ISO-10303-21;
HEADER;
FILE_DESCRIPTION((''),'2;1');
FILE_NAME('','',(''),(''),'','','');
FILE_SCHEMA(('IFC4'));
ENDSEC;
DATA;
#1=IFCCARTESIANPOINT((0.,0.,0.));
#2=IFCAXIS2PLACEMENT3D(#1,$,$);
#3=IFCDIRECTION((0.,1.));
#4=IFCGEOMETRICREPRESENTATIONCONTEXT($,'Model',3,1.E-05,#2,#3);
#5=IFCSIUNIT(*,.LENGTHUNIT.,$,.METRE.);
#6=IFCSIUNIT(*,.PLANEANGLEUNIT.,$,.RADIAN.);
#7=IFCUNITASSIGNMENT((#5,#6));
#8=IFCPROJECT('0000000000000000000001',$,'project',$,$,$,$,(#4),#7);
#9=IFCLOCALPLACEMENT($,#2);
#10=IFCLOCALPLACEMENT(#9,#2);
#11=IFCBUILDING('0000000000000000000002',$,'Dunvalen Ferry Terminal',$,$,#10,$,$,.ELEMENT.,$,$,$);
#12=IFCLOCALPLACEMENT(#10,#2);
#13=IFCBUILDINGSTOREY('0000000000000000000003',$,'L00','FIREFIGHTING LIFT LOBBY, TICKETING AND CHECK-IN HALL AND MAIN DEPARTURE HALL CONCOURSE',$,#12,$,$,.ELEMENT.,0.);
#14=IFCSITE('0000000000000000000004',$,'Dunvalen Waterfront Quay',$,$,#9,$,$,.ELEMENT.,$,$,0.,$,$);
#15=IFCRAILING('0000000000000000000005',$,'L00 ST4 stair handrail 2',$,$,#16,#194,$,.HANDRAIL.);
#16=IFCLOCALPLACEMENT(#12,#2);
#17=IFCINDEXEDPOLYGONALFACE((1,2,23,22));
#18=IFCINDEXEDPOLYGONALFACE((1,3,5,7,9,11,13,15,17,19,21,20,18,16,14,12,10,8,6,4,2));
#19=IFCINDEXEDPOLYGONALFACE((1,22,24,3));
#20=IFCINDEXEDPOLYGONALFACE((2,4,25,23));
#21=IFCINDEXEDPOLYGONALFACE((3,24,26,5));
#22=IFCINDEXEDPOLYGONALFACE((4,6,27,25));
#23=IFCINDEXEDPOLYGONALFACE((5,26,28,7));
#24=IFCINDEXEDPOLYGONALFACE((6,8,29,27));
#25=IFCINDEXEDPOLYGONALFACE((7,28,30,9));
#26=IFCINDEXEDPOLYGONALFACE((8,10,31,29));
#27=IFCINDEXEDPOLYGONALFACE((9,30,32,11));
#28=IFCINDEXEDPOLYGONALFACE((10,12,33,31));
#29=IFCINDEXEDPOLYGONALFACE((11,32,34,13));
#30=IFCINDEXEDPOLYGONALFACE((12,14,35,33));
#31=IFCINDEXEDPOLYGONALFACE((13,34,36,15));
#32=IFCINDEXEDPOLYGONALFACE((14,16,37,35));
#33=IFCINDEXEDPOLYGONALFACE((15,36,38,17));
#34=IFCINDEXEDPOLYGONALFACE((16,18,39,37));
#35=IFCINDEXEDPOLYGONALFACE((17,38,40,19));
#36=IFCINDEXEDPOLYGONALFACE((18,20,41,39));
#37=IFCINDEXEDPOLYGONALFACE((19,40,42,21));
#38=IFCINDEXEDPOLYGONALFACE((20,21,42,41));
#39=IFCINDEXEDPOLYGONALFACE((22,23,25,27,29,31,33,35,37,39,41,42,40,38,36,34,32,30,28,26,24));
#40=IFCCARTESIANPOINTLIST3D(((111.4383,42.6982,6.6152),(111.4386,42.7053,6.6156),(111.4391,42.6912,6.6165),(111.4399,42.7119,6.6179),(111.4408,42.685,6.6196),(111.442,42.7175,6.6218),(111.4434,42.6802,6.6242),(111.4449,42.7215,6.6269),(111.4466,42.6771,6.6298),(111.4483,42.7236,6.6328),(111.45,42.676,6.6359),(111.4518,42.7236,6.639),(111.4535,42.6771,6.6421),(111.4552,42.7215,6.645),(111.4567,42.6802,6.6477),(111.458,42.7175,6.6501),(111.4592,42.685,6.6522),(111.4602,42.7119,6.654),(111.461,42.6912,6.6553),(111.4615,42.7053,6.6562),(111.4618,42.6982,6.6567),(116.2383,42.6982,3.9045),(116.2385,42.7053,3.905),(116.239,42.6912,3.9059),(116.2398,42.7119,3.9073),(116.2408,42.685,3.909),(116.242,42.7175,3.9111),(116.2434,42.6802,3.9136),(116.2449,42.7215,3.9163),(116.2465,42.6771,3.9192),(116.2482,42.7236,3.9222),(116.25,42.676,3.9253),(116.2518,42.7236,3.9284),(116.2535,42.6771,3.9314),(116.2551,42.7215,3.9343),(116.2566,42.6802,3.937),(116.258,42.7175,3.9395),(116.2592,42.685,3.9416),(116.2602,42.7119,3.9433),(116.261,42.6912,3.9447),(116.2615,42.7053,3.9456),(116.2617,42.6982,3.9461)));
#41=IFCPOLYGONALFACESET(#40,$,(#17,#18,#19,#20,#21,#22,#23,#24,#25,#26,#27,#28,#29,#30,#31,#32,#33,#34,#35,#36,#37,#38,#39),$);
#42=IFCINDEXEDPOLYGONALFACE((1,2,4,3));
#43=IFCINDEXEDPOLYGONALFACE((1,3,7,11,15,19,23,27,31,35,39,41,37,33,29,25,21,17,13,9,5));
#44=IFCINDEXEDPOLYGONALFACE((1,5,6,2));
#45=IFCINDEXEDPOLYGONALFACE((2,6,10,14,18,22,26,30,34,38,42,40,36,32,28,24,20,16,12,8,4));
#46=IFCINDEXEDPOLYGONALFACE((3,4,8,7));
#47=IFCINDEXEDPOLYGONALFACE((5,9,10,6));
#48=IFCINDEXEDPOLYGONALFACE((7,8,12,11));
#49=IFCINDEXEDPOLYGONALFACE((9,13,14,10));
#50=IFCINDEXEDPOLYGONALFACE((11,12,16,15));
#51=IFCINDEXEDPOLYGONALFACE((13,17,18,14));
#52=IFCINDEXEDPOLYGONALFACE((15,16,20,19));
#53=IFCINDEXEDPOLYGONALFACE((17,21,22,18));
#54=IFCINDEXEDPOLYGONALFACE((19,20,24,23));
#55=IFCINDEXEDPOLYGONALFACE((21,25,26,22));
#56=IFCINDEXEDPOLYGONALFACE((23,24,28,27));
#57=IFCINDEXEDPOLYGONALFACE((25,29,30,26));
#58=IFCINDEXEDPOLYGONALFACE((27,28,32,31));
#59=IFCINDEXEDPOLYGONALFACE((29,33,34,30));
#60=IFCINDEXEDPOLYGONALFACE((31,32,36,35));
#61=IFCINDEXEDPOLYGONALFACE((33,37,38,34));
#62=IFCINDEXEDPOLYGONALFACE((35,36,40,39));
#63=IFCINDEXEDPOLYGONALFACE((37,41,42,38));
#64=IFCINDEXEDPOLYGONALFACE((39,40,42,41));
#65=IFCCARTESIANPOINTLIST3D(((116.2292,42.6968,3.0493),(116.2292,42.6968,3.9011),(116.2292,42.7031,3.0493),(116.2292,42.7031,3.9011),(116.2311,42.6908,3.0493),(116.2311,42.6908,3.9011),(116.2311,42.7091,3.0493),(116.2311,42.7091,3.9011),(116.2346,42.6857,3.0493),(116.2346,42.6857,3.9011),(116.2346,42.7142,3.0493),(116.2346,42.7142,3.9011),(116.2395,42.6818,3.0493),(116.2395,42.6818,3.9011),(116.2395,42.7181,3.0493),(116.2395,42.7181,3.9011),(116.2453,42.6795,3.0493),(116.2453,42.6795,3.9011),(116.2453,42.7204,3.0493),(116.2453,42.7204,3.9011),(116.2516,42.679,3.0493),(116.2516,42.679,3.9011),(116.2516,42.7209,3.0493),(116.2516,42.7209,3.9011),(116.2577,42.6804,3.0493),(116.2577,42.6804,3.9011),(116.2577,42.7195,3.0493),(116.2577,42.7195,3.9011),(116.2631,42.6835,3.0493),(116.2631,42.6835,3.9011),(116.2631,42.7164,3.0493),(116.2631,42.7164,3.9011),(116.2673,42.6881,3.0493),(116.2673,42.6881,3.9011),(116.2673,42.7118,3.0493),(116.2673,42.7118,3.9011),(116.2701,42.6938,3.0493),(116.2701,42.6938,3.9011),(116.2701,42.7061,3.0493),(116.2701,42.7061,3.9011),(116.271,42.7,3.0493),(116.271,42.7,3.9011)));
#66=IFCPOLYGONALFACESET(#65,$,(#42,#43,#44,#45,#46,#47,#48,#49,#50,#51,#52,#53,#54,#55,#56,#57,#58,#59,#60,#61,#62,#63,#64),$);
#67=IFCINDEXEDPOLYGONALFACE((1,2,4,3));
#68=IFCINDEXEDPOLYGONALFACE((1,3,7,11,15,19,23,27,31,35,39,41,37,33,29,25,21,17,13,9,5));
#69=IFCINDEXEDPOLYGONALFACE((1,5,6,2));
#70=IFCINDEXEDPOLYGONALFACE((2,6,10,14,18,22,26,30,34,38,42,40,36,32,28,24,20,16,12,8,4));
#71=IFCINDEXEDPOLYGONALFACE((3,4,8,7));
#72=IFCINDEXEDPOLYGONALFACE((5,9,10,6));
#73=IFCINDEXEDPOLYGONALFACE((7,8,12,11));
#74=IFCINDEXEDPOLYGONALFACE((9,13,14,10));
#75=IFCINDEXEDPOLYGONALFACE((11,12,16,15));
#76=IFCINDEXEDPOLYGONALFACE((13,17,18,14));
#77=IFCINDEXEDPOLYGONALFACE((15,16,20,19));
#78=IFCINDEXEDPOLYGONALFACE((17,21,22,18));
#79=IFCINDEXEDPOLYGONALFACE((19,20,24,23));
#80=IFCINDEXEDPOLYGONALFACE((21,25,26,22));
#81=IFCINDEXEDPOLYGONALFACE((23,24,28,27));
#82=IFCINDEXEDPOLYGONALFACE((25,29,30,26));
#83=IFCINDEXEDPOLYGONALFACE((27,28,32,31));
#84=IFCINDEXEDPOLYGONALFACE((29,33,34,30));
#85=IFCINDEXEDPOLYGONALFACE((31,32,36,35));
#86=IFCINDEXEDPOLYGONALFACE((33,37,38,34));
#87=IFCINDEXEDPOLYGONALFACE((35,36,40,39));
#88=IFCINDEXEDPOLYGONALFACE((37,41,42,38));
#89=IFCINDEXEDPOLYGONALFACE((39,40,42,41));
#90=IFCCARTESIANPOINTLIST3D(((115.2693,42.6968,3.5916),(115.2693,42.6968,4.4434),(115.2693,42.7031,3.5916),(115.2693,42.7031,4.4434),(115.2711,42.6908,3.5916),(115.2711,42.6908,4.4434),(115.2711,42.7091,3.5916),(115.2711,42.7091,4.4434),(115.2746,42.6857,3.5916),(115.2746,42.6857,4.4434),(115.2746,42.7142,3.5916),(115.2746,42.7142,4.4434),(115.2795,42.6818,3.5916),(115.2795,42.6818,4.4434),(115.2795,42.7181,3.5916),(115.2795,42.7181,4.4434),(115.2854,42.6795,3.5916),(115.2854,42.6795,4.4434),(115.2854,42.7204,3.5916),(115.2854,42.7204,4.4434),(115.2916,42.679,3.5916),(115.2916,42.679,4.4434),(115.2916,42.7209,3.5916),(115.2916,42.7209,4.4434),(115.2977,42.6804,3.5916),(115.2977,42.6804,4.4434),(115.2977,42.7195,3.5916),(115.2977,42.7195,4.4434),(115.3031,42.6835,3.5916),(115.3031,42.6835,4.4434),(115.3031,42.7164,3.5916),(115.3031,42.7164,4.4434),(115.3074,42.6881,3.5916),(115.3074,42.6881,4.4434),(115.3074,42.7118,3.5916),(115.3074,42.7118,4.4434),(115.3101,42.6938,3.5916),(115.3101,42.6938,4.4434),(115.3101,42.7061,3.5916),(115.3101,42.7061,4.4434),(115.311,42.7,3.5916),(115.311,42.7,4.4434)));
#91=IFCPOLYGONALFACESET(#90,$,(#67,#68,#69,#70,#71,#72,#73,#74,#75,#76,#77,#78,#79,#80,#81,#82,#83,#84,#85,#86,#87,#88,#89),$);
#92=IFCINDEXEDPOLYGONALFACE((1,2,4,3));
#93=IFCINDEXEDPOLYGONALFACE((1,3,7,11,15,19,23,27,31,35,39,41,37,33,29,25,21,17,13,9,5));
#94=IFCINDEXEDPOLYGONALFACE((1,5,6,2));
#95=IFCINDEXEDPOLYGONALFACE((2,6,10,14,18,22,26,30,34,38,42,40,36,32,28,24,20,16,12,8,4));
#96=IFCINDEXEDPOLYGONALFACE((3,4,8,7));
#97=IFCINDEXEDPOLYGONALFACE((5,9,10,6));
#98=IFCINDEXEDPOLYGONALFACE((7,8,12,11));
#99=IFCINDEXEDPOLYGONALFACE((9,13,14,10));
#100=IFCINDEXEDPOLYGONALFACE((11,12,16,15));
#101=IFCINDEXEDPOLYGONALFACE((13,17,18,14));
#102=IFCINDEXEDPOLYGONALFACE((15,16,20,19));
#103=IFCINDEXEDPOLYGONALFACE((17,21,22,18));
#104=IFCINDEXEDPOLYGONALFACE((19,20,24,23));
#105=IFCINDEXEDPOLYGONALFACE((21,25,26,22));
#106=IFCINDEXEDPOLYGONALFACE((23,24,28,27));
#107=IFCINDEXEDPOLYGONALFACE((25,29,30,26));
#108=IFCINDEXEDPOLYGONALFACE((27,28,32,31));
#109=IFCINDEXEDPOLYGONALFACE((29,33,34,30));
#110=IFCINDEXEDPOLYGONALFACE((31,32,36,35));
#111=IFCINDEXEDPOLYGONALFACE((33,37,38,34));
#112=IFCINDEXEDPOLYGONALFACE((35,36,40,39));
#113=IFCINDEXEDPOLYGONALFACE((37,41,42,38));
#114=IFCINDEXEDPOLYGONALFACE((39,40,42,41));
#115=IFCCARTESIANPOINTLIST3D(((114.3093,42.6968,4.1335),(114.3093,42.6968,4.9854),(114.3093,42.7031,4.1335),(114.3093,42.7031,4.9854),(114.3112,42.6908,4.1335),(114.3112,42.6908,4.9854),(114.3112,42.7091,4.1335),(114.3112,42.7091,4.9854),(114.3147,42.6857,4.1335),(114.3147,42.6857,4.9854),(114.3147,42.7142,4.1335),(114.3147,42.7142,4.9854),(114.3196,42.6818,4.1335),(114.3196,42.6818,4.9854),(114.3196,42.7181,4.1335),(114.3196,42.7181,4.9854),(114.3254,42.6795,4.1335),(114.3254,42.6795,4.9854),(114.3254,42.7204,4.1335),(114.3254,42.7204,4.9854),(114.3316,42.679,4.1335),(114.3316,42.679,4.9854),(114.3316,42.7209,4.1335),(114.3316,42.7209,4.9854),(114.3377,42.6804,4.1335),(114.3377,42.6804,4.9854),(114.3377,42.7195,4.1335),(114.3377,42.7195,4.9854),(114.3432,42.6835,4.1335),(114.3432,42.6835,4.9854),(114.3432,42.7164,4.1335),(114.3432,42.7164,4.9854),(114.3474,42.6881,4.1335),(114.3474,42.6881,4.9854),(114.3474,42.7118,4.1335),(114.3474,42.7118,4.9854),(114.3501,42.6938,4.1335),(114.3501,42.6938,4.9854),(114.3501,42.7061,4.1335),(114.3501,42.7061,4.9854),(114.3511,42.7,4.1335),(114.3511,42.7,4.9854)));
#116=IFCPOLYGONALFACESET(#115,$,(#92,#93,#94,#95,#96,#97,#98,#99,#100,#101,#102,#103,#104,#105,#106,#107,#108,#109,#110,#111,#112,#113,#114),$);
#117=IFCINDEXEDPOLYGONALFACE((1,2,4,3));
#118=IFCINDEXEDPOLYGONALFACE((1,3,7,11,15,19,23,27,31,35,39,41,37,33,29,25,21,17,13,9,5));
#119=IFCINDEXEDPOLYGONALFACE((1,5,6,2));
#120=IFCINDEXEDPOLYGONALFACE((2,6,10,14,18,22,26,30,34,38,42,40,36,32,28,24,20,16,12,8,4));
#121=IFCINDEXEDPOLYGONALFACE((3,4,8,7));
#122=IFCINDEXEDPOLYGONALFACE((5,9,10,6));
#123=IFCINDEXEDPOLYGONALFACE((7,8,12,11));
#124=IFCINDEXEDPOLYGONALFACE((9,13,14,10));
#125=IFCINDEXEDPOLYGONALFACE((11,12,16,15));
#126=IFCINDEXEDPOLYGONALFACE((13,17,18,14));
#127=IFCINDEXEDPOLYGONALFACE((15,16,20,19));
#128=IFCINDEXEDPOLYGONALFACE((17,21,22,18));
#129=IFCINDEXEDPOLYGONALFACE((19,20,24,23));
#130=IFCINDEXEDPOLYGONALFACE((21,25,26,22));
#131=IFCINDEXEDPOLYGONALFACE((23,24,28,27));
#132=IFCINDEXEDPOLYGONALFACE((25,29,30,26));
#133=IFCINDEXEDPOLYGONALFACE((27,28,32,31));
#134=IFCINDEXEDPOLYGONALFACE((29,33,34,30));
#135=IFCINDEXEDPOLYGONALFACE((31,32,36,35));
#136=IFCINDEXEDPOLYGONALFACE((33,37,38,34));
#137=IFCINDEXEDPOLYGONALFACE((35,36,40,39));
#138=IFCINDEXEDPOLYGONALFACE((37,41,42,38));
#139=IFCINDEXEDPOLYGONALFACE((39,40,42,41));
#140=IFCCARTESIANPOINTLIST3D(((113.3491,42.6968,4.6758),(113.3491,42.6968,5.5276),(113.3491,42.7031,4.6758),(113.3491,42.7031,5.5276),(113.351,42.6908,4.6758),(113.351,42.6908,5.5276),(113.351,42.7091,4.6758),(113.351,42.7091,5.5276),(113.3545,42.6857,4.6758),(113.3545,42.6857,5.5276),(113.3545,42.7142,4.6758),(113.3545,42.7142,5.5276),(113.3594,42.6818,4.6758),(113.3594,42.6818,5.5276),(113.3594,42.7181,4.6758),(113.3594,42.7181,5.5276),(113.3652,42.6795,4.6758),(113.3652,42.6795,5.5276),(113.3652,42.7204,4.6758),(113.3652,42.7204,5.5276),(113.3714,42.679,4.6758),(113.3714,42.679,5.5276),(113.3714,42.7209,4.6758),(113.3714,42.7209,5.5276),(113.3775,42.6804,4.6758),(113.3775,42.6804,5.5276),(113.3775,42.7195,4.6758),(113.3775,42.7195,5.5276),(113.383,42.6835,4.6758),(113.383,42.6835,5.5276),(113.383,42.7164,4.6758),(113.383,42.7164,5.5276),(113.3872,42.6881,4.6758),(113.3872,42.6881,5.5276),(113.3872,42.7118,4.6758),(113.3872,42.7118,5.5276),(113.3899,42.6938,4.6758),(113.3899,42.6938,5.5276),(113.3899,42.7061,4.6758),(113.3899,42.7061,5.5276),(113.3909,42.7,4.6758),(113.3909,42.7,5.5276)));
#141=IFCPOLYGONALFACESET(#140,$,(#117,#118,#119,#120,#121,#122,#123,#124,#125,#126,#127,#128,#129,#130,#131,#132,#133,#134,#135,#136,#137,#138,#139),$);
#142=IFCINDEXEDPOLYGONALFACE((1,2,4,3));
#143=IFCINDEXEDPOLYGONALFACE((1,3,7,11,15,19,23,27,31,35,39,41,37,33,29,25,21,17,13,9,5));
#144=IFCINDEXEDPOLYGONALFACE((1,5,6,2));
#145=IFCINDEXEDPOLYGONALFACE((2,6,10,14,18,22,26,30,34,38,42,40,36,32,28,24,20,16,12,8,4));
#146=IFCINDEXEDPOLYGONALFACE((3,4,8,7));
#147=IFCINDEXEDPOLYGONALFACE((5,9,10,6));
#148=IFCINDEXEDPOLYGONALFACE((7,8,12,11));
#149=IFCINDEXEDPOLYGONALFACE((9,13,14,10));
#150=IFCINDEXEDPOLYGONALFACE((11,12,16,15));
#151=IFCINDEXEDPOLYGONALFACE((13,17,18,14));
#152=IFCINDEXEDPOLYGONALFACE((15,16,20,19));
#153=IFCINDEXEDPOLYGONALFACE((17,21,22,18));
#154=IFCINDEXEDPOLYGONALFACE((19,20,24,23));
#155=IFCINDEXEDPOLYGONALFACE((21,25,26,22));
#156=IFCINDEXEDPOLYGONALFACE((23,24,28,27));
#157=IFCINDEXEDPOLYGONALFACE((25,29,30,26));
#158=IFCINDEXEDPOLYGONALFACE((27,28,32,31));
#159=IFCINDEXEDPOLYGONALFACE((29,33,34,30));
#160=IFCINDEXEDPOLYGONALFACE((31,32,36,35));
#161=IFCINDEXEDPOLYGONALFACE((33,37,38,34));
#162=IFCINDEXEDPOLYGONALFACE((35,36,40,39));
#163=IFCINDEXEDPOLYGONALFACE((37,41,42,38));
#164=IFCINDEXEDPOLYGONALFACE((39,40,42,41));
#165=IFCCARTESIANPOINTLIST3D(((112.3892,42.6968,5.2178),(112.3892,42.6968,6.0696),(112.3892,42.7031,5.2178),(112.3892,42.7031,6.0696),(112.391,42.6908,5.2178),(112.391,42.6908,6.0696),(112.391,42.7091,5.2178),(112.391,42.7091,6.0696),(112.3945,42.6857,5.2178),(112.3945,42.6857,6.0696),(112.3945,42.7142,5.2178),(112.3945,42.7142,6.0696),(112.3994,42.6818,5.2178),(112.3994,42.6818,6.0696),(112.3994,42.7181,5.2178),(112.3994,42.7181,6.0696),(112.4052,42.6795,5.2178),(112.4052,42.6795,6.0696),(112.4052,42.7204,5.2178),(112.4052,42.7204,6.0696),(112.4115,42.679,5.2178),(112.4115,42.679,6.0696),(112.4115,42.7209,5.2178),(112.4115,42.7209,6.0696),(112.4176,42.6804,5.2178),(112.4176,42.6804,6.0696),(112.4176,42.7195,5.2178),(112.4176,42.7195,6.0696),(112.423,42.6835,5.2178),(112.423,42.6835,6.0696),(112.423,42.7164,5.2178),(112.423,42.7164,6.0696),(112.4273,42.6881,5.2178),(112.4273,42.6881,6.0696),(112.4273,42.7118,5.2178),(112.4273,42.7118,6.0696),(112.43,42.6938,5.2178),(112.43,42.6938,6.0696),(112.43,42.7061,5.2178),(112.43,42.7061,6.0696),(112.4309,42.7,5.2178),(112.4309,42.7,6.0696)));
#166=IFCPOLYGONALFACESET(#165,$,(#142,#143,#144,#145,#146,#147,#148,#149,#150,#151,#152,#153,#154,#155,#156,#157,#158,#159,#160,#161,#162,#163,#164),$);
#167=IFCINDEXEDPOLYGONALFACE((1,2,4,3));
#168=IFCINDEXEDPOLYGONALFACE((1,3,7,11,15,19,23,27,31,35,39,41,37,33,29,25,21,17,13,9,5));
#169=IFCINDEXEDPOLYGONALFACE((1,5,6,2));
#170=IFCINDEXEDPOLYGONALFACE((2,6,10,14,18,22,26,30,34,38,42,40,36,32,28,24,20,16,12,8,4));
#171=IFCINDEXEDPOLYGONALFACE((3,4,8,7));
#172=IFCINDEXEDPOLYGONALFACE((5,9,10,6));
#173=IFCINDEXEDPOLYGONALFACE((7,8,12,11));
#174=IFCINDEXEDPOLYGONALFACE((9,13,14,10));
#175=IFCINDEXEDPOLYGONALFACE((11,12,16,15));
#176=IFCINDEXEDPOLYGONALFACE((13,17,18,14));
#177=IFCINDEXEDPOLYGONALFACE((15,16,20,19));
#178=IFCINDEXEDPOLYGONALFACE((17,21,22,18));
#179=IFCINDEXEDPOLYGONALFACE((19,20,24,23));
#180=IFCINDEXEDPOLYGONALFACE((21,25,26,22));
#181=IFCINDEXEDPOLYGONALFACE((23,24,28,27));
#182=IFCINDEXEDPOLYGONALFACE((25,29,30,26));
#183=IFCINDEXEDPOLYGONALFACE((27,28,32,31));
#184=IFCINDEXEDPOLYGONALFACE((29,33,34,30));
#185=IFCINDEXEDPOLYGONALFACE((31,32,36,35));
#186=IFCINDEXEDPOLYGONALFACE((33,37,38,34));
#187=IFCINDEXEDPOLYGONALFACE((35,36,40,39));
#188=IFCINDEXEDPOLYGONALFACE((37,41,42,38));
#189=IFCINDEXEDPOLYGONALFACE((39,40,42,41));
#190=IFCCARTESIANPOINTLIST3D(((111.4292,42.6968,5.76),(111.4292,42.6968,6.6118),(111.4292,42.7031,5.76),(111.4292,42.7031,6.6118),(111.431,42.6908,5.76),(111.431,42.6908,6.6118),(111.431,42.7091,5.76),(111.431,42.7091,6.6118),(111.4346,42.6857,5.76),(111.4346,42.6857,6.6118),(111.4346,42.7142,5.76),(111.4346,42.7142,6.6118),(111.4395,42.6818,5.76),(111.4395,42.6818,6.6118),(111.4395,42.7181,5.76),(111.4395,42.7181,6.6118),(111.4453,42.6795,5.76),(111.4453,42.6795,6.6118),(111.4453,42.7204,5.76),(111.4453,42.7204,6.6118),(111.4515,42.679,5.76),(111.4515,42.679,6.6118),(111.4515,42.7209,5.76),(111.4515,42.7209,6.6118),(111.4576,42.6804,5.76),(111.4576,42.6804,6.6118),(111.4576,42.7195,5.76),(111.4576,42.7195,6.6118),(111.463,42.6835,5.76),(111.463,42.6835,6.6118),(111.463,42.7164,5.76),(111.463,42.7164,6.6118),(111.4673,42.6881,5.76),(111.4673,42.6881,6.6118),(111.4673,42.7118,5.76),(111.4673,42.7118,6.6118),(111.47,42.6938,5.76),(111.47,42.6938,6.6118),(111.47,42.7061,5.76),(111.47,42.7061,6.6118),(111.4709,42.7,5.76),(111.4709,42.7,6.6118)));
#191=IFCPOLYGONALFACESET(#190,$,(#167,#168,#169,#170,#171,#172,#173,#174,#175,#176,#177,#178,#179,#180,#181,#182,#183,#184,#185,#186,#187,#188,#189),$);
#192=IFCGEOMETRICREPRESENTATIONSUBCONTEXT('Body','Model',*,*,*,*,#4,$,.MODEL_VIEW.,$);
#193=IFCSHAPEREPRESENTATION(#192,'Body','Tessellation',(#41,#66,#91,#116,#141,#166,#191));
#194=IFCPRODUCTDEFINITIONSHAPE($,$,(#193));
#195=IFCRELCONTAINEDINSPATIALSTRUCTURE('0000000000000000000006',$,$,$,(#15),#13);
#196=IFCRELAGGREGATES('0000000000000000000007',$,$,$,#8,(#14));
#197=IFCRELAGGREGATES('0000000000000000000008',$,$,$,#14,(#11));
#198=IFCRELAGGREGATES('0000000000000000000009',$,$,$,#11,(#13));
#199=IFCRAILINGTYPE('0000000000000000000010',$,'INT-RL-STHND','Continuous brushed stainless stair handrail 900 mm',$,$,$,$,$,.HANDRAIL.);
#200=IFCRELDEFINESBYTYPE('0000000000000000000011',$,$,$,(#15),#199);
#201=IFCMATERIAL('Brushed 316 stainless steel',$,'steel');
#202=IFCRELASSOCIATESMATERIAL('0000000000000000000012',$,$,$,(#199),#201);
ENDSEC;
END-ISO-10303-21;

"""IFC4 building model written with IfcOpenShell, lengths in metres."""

from ifc_helpers import new_model, si_unit, direction, frame, origin, origin_2d, place, context, subcontext, project, spatial, circle, extrude, material, type_object, element, save


model = new_model("IFC4")

# Units and contexts
model_context = context("Model", 3, precision=1e-05, world=origin(), true_north=direction((0.0, 1.0)))
body_context = subcontext(model_context, "Body", "Model", "MODEL_VIEW")
ifc_project = project(units=[si_unit("LENGTHUNIT", "METRE"), si_unit("PLANEANGLEUNIT", "RADIAN")], contexts=[model_context])

# Site, building, storey
site_placement = place(None, origin())
site = spatial("IfcSite", under=ifc_project, at=site_placement, Name="Dunvalen Waterfront Quay", CompositionType="ELEMENT", RefElevation=0.0)
building_placement = place(site_placement, origin())
building = spatial("IfcBuilding", under=site, at=building_placement, Name="Dunvalen Ferry Terminal", CompositionType="ELEMENT")
storey_placement = place(building_placement, origin())
storey = spatial("IfcBuildingStorey", under=building, at=storey_placement, Name="L00", Description="FIREFIGHTING LIFT LOBBY, TICKETING AND CHECK-IN HALL AND MAIN DEPARTURE HALL CONCOURSE", CompositionType="ELEMENT", Elevation=0.0)

# Railing
ifc_material_1 = material(Name="Brushed 316 stainless steel", Category="steel")
railing_type_1 = type_object("IfcRailingType", Name="INT-RL-STHND", Description="Continuous brushed stainless stair handrail 900 mm", PredefinedType="HANDRAIL", material=ifc_material_1)
railing_1_placement = place(storey_placement, frame((116.25, 42.7, 3.0493)))
element("IfcRailing", 1, at=railing_1_placement, inside=storey, type_object=railing_type_1, Name="L00 ST4 stair handrail 2", PredefinedType="HANDRAIL", context=body_context, shape_type="SweptSolid", body=[
    extrude(circle(Radius=0.0239, at=origin_2d()), frame((0.0, 0.0, 0.876), z_axis=(-0.870748, 0.0, 0.49173), x_axis=(0.0, -1.0, 0.0)), (0.0, 0.0, 1.0), 5.5125),
    extrude(circle(Radius=0.021, at=origin_2d()), origin(), (0.0, 0.0, 1.0), 0.8518),
    extrude(circle(Radius=0.021, at=origin_2d()), frame((-0.96, 0.0, 0.5422)), (0.0, 0.0, 1.0), 0.8518),
    extrude(circle(Radius=0.021, at=origin_2d()), frame((-1.9199, 0.0, 1.0842)), (0.0, 0.0, 1.0), 0.8518),
    extrude(circle(Radius=0.021, at=origin_2d()), frame((-2.8801, 0.0, 1.6265)), (0.0, 0.0, 1.0), 0.8518),
    extrude(circle(Radius=0.021, at=origin_2d()), frame((-3.8401, 0.0, 2.1685)), (0.0, 0.0, 1.0), 0.8518),
    extrude(circle(Radius=0.021, at=origin_2d()), frame((-4.8, 0.0, 2.7107)), (0.0, 0.0, 1.0), 0.8518),
])

save(model, "model.ifc")
